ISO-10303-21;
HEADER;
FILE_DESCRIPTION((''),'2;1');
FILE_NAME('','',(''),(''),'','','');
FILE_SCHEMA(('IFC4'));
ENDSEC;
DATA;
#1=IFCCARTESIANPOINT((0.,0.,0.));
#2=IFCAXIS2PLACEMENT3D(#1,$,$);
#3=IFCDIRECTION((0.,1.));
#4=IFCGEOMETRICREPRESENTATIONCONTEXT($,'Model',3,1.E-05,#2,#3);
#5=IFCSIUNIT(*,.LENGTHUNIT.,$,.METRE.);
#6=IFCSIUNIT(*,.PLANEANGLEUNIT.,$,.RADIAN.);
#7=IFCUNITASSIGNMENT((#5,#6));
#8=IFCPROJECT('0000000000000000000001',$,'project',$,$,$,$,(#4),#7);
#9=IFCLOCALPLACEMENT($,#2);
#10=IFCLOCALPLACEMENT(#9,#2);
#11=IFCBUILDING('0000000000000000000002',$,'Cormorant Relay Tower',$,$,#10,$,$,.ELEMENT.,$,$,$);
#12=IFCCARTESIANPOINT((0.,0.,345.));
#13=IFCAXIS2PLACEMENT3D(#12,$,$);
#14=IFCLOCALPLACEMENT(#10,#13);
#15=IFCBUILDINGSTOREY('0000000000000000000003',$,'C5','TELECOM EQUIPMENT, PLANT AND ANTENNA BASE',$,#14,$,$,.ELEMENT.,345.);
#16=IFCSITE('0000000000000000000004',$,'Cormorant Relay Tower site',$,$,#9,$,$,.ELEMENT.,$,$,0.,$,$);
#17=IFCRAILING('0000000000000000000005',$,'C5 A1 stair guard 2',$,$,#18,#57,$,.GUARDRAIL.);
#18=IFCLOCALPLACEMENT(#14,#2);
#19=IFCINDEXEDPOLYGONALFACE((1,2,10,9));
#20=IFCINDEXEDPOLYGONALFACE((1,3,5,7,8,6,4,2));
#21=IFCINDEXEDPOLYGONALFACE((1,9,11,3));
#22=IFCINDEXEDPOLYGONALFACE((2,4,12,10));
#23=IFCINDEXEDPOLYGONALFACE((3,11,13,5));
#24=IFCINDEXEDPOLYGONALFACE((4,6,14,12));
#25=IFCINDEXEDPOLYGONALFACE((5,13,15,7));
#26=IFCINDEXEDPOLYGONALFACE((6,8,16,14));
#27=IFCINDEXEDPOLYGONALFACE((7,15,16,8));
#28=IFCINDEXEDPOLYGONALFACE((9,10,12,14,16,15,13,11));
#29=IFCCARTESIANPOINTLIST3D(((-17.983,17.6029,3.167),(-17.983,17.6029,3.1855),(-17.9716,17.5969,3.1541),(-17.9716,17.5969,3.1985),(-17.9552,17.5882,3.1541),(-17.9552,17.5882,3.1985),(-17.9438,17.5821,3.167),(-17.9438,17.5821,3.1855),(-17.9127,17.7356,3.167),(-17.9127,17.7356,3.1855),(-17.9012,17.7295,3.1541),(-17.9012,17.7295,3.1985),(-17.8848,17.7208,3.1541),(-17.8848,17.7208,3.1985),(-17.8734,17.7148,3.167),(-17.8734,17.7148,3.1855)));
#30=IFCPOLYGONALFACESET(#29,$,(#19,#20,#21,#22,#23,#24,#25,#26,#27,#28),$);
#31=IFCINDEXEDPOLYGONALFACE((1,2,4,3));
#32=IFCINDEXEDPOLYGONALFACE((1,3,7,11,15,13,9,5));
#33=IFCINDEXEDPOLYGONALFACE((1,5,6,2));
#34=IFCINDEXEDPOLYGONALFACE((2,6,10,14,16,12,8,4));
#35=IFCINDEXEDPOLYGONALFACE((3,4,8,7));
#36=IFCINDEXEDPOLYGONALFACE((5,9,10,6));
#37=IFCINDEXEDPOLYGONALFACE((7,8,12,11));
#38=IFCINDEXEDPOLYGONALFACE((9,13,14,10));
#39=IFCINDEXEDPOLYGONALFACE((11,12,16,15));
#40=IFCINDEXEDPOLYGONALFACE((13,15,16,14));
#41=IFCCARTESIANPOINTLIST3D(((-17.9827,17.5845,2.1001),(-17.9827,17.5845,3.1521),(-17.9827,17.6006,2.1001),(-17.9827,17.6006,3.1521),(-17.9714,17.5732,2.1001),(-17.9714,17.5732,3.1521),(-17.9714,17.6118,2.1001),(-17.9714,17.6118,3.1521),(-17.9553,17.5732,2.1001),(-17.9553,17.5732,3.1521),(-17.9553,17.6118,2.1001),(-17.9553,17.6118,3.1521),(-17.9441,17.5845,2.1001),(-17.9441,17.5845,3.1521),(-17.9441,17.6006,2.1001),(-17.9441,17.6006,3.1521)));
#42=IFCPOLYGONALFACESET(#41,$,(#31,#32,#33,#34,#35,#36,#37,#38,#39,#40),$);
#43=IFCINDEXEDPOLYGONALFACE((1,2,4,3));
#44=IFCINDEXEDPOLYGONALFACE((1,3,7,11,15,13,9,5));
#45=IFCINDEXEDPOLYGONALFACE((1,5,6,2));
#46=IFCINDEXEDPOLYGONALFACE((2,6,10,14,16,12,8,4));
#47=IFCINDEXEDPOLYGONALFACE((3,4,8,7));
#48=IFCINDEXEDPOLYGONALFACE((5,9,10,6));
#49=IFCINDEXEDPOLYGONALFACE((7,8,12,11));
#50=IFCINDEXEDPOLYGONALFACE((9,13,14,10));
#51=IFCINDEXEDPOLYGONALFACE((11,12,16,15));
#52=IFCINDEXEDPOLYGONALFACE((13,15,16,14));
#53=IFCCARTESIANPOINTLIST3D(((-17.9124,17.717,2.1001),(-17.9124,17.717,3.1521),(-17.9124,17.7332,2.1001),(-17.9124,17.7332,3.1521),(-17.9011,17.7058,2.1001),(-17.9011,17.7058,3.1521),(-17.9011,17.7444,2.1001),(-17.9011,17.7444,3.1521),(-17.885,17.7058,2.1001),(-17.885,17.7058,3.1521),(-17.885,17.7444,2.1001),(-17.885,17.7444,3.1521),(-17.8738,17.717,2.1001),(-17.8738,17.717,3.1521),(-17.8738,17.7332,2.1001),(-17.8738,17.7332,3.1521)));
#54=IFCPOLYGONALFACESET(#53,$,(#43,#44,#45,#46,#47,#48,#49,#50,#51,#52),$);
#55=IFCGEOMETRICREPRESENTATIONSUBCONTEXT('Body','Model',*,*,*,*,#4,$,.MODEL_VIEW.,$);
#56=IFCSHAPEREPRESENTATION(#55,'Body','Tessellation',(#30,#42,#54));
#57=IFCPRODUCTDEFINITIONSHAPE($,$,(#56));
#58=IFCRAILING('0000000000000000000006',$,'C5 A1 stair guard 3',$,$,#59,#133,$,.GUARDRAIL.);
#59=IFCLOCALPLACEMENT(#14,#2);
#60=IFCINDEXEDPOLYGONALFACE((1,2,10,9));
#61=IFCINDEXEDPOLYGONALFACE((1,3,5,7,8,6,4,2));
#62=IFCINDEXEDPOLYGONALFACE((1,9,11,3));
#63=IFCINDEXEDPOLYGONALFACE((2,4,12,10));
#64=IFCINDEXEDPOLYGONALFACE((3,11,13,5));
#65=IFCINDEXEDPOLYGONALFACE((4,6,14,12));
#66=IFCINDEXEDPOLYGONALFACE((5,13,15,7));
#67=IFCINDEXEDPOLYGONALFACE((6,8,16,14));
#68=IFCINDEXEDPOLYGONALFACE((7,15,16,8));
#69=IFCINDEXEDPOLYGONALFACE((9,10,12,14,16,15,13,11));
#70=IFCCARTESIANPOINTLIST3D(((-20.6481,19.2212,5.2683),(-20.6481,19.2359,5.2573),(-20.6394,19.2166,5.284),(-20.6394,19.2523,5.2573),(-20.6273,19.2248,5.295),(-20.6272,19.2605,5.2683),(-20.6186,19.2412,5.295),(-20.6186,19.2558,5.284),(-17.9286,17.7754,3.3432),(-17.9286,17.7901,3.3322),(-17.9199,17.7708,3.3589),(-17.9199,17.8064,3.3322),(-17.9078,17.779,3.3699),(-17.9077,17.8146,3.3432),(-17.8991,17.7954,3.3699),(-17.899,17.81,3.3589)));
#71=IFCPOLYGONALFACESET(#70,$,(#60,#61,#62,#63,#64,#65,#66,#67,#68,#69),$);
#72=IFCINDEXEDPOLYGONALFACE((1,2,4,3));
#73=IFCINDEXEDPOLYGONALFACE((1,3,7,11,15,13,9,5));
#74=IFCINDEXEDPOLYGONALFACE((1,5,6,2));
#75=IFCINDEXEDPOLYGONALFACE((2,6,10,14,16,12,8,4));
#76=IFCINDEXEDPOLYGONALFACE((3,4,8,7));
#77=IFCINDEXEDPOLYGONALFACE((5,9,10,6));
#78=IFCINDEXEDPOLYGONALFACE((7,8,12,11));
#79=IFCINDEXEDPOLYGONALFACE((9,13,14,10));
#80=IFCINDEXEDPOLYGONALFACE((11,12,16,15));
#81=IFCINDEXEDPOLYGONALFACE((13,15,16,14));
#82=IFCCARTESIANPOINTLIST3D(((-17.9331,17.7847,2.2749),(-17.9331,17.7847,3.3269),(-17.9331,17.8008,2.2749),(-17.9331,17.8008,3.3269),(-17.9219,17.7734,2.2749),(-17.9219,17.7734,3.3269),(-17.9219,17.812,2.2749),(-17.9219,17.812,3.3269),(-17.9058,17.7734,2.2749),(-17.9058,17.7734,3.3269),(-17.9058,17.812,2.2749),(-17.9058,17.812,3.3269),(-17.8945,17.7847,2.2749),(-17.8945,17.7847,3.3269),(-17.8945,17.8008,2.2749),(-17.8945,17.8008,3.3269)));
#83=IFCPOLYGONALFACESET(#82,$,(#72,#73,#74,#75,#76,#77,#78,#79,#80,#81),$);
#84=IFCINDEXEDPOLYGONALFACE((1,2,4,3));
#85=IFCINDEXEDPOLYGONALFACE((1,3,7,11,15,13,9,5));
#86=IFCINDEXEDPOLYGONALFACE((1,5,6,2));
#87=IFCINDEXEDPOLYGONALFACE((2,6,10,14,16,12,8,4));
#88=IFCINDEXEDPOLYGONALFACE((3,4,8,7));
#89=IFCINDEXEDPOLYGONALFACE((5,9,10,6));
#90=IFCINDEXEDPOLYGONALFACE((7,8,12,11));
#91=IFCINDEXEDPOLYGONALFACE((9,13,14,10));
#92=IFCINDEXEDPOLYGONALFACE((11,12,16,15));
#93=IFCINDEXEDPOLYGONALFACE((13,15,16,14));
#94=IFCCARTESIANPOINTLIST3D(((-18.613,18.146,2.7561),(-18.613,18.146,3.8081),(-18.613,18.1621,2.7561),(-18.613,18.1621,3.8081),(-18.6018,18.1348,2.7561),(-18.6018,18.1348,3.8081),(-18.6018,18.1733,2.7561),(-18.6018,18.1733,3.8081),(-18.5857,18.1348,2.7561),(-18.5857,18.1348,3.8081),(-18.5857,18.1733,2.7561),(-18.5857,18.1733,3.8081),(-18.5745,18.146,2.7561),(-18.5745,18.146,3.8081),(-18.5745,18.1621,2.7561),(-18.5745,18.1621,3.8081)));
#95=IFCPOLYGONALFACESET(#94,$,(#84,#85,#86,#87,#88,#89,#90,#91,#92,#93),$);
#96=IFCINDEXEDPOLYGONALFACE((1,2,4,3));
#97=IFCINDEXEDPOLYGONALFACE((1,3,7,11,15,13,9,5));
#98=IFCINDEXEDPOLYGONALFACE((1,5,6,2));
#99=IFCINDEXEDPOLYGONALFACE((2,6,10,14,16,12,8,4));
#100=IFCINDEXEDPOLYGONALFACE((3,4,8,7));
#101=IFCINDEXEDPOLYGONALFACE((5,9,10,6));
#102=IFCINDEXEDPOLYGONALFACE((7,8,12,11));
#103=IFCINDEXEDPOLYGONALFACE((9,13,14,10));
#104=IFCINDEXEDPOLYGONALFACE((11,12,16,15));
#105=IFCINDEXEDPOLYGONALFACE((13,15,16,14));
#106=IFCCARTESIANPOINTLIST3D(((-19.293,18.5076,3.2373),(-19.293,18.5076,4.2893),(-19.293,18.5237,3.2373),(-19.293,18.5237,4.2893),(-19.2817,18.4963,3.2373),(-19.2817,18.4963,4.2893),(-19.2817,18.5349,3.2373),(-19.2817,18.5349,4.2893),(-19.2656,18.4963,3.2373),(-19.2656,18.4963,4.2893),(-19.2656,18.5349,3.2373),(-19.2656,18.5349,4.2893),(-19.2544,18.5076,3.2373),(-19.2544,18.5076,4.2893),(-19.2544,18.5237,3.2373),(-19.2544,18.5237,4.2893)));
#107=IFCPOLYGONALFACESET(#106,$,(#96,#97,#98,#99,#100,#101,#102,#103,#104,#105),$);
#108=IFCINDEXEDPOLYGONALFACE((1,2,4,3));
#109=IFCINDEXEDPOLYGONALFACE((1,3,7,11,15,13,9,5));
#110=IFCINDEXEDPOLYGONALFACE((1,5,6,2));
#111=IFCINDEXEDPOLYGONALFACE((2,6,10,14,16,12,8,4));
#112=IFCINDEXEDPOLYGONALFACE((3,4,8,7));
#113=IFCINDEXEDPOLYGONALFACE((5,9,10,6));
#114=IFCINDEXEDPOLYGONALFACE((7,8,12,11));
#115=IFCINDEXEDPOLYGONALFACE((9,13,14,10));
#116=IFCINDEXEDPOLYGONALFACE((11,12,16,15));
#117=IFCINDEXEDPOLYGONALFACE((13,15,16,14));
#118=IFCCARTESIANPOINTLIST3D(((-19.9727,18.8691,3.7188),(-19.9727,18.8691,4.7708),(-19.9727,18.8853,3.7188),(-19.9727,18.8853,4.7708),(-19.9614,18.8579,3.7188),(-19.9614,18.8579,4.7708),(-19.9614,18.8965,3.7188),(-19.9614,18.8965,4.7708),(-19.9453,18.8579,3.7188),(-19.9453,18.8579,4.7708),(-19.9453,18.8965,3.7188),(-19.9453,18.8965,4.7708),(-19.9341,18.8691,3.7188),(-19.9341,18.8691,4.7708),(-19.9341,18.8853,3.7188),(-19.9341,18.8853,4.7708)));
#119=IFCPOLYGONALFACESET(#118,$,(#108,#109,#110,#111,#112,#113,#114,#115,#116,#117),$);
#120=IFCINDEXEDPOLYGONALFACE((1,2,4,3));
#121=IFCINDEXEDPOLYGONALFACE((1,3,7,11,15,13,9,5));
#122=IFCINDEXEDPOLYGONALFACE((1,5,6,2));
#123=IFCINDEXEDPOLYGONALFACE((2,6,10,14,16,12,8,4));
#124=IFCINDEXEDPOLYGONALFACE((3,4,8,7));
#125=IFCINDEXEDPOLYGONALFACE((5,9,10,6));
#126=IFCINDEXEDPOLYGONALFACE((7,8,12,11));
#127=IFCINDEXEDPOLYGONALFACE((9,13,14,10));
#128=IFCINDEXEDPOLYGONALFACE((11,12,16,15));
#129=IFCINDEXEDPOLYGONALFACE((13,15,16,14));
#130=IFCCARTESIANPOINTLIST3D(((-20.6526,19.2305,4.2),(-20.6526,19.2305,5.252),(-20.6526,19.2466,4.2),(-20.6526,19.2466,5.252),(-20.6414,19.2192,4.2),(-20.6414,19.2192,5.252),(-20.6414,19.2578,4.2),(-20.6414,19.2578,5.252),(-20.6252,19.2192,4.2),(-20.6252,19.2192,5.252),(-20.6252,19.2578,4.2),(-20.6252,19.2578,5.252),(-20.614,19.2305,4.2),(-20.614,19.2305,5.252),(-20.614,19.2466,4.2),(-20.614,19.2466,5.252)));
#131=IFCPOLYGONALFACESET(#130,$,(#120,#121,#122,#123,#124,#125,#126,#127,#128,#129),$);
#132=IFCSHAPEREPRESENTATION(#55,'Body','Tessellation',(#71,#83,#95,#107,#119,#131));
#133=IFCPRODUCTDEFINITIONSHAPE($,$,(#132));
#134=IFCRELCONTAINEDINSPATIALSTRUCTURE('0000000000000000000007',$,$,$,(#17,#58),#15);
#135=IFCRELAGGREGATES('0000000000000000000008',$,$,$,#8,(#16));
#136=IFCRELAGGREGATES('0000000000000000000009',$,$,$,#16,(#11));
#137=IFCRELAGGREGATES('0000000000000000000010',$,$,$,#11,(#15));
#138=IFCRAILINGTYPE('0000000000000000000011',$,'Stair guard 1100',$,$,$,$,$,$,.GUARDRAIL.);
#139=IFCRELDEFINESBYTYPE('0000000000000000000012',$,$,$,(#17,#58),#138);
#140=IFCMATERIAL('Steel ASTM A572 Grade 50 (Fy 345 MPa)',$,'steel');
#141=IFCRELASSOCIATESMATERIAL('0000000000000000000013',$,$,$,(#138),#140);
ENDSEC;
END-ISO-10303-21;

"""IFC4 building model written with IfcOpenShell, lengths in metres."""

from ifc_helpers import new_model, si_unit, direction, frame, origin, place, context, subcontext, project, spatial, polyline, outline, extrude, material, type_object, element, save


model = new_model("IFC4")

# Units and contexts
model_context = context("Model", 3, precision=1e-05, world=origin(), true_north=direction((0.0, 1.0)))
body_context = subcontext(model_context, "Body", "Model", "MODEL_VIEW")
ifc_project = project(units=[si_unit("LENGTHUNIT", "METRE"), si_unit("PLANEANGLEUNIT", "RADIAN")], contexts=[model_context])

# Site, building, storey
site_placement = place(None, origin())
site = spatial("IfcSite", under=ifc_project, at=site_placement, Name="Cormorant Relay Tower site", CompositionType="ELEMENT", RefElevation=0.0)
building_placement = place(site_placement, origin())
building = spatial("IfcBuilding", under=site, at=building_placement, Name="Cormorant Relay Tower", CompositionType="ELEMENT")
storey_placement = place(building_placement, frame((0.0, 0.0, 345.0)))
storey = spatial("IfcBuildingStorey", under=building, at=storey_placement, Name="C5", Description="TELECOM EQUIPMENT, PLANT AND ANTENNA BASE", CompositionType="ELEMENT", Elevation=345.0)

# Railings
ifc_material_1 = material(Name="Steel ASTM A572 Grade 50 (Fy 345 MPa)", Category="steel")
railing_type_1 = type_object("IfcRailingType", Name="Stair guard 1100", PredefinedType="GUARDRAIL", material=ifc_material_1)
railing_1_placement = place(storey_placement, frame((-17.9634, 17.5925, 2.1001)))
element("IfcRailing", 1, at=railing_1_placement, inside=storey, type_object=railing_type_1, Name="C5 A1 stair guard 2", PredefinedType="GUARDRAIL", context=body_context, shape_type="SweptSolid", body=[
    extrude(outline(polyline([(0.0222, 0.0093), (0.0093, 0.0222), (-0.0093, 0.0222), (-0.0222, 0.0093), (-0.0222, -0.0093), (-0.0093, -0.0222), (0.0093, -0.0222), (0.0222, -0.0093), (0.0222, 0.0093)])), frame((0.0, 0.0, 1.0762), z_axis=(0.46856, 0.883431, 0.0), x_axis=(-0.883431, 0.46856, 0.0)), (0.0, 0.0, 1.0), 0.1501),
    extrude(outline(polyline([(0.0193, 0.0081), (0.0081, 0.0193), (-0.0081, 0.0193), (-0.0193, 0.0081), (-0.0193, -0.0081), (-0.0081, -0.0193), (0.0081, -0.0193), (0.0193, -0.0081), (0.0193, 0.0081)])), origin(), (0.0, 0.0, 1.0), 1.052),
    extrude(outline(polyline([(0.0193, 0.0081), (0.0081, 0.0193), (-0.0081, 0.0193), (-0.0193, 0.0081), (-0.0193, -0.0081), (-0.0081, -0.0193), (0.0081, -0.0193), (0.0193, -0.0081), (0.0193, 0.0081)])), frame((0.0703, 0.1326, 0.0)), (0.0, 0.0, 1.0), 1.052),
])
railing_2_placement = place(storey_placement, frame((-17.9138, 17.7927, 2.2749)))
element("IfcRailing", 2, at=railing_2_placement, inside=storey, type_object=railing_type_1, Name="C5 A1 stair guard 3", PredefinedType="GUARDRAIL", context=body_context, shape_type="SweptSolid", body=[
    extrude(outline(polyline([(0.0222, 0.0093), (0.0093, 0.0222), (-0.0093, 0.0222), (-0.0222, 0.0093), (-0.0222, -0.0093), (-0.0093, -0.0222), (0.0093, -0.0222), (0.0222, -0.0093), (0.0222, 0.0093)])), frame((0.0, 0.0, 1.0762), z_axis=(-0.748747, 0.398068, 0.530018), x_axis=(-0.469428, -0.882971, 0.0)), (0.0, 0.0, 1.0), 3.6321),
    extrude(outline(polyline([(0.0193, 0.0081), (0.0081, 0.0193), (-0.0081, 0.0193), (-0.0193, 0.0081), (-0.0193, -0.0081), (-0.0081, -0.0193), (0.0081, -0.0193), (0.0193, -0.0081), (0.0193, 0.0081)])), origin(), (0.0, 0.0, 1.0), 1.052),
    extrude(outline(polyline([(0.0193, 0.0081), (0.0081, 0.0193), (-0.0081, 0.0193), (-0.0193, 0.0081), (-0.0193, -0.0081), (-0.0081, -0.0193), (0.0081, -0.0193), (0.0193, -0.0081), (0.0193, 0.0081)])), frame((-0.6799, 0.3613, 0.4812)), (0.0, 0.0, 1.0), 1.052),
    extrude(outline(polyline([(0.0193, 0.0081), (0.0081, 0.0193), (-0.0081, 0.0193), (-0.0193, 0.0081), (-0.0193, -0.0081), (-0.0081, -0.0193), (0.0081, -0.0193), (0.0193, -0.0081), (0.0193, 0.0081)])), frame((-1.3599, 0.7229, 0.9624)), (0.0, 0.0, 1.0), 1.052),
    extrude(outline(polyline([(0.0193, 0.0081), (0.0081, 0.0193), (-0.0081, 0.0193), (-0.0193, 0.0081), (-0.0193, -0.0081), (-0.0081, -0.0193), (0.0081, -0.0193), (0.0193, -0.0081), (0.0193, 0.0081)])), frame((-2.0396, 1.0845, 1.4438)), (0.0, 0.0, 1.0), 1.052),
    extrude(outline(polyline([(0.0193, 0.0081), (0.0081, 0.0193), (-0.0081, 0.0193), (-0.0193, 0.0081), (-0.0193, -0.0081), (-0.0081, -0.0193), (0.0081, -0.0193), (0.0193, -0.0081), (0.0193, 0.0081)])), frame((-2.7195, 1.4458, 1.925)), (0.0, 0.0, 1.0), 1.052),
])

save(model, "model.ifc")
